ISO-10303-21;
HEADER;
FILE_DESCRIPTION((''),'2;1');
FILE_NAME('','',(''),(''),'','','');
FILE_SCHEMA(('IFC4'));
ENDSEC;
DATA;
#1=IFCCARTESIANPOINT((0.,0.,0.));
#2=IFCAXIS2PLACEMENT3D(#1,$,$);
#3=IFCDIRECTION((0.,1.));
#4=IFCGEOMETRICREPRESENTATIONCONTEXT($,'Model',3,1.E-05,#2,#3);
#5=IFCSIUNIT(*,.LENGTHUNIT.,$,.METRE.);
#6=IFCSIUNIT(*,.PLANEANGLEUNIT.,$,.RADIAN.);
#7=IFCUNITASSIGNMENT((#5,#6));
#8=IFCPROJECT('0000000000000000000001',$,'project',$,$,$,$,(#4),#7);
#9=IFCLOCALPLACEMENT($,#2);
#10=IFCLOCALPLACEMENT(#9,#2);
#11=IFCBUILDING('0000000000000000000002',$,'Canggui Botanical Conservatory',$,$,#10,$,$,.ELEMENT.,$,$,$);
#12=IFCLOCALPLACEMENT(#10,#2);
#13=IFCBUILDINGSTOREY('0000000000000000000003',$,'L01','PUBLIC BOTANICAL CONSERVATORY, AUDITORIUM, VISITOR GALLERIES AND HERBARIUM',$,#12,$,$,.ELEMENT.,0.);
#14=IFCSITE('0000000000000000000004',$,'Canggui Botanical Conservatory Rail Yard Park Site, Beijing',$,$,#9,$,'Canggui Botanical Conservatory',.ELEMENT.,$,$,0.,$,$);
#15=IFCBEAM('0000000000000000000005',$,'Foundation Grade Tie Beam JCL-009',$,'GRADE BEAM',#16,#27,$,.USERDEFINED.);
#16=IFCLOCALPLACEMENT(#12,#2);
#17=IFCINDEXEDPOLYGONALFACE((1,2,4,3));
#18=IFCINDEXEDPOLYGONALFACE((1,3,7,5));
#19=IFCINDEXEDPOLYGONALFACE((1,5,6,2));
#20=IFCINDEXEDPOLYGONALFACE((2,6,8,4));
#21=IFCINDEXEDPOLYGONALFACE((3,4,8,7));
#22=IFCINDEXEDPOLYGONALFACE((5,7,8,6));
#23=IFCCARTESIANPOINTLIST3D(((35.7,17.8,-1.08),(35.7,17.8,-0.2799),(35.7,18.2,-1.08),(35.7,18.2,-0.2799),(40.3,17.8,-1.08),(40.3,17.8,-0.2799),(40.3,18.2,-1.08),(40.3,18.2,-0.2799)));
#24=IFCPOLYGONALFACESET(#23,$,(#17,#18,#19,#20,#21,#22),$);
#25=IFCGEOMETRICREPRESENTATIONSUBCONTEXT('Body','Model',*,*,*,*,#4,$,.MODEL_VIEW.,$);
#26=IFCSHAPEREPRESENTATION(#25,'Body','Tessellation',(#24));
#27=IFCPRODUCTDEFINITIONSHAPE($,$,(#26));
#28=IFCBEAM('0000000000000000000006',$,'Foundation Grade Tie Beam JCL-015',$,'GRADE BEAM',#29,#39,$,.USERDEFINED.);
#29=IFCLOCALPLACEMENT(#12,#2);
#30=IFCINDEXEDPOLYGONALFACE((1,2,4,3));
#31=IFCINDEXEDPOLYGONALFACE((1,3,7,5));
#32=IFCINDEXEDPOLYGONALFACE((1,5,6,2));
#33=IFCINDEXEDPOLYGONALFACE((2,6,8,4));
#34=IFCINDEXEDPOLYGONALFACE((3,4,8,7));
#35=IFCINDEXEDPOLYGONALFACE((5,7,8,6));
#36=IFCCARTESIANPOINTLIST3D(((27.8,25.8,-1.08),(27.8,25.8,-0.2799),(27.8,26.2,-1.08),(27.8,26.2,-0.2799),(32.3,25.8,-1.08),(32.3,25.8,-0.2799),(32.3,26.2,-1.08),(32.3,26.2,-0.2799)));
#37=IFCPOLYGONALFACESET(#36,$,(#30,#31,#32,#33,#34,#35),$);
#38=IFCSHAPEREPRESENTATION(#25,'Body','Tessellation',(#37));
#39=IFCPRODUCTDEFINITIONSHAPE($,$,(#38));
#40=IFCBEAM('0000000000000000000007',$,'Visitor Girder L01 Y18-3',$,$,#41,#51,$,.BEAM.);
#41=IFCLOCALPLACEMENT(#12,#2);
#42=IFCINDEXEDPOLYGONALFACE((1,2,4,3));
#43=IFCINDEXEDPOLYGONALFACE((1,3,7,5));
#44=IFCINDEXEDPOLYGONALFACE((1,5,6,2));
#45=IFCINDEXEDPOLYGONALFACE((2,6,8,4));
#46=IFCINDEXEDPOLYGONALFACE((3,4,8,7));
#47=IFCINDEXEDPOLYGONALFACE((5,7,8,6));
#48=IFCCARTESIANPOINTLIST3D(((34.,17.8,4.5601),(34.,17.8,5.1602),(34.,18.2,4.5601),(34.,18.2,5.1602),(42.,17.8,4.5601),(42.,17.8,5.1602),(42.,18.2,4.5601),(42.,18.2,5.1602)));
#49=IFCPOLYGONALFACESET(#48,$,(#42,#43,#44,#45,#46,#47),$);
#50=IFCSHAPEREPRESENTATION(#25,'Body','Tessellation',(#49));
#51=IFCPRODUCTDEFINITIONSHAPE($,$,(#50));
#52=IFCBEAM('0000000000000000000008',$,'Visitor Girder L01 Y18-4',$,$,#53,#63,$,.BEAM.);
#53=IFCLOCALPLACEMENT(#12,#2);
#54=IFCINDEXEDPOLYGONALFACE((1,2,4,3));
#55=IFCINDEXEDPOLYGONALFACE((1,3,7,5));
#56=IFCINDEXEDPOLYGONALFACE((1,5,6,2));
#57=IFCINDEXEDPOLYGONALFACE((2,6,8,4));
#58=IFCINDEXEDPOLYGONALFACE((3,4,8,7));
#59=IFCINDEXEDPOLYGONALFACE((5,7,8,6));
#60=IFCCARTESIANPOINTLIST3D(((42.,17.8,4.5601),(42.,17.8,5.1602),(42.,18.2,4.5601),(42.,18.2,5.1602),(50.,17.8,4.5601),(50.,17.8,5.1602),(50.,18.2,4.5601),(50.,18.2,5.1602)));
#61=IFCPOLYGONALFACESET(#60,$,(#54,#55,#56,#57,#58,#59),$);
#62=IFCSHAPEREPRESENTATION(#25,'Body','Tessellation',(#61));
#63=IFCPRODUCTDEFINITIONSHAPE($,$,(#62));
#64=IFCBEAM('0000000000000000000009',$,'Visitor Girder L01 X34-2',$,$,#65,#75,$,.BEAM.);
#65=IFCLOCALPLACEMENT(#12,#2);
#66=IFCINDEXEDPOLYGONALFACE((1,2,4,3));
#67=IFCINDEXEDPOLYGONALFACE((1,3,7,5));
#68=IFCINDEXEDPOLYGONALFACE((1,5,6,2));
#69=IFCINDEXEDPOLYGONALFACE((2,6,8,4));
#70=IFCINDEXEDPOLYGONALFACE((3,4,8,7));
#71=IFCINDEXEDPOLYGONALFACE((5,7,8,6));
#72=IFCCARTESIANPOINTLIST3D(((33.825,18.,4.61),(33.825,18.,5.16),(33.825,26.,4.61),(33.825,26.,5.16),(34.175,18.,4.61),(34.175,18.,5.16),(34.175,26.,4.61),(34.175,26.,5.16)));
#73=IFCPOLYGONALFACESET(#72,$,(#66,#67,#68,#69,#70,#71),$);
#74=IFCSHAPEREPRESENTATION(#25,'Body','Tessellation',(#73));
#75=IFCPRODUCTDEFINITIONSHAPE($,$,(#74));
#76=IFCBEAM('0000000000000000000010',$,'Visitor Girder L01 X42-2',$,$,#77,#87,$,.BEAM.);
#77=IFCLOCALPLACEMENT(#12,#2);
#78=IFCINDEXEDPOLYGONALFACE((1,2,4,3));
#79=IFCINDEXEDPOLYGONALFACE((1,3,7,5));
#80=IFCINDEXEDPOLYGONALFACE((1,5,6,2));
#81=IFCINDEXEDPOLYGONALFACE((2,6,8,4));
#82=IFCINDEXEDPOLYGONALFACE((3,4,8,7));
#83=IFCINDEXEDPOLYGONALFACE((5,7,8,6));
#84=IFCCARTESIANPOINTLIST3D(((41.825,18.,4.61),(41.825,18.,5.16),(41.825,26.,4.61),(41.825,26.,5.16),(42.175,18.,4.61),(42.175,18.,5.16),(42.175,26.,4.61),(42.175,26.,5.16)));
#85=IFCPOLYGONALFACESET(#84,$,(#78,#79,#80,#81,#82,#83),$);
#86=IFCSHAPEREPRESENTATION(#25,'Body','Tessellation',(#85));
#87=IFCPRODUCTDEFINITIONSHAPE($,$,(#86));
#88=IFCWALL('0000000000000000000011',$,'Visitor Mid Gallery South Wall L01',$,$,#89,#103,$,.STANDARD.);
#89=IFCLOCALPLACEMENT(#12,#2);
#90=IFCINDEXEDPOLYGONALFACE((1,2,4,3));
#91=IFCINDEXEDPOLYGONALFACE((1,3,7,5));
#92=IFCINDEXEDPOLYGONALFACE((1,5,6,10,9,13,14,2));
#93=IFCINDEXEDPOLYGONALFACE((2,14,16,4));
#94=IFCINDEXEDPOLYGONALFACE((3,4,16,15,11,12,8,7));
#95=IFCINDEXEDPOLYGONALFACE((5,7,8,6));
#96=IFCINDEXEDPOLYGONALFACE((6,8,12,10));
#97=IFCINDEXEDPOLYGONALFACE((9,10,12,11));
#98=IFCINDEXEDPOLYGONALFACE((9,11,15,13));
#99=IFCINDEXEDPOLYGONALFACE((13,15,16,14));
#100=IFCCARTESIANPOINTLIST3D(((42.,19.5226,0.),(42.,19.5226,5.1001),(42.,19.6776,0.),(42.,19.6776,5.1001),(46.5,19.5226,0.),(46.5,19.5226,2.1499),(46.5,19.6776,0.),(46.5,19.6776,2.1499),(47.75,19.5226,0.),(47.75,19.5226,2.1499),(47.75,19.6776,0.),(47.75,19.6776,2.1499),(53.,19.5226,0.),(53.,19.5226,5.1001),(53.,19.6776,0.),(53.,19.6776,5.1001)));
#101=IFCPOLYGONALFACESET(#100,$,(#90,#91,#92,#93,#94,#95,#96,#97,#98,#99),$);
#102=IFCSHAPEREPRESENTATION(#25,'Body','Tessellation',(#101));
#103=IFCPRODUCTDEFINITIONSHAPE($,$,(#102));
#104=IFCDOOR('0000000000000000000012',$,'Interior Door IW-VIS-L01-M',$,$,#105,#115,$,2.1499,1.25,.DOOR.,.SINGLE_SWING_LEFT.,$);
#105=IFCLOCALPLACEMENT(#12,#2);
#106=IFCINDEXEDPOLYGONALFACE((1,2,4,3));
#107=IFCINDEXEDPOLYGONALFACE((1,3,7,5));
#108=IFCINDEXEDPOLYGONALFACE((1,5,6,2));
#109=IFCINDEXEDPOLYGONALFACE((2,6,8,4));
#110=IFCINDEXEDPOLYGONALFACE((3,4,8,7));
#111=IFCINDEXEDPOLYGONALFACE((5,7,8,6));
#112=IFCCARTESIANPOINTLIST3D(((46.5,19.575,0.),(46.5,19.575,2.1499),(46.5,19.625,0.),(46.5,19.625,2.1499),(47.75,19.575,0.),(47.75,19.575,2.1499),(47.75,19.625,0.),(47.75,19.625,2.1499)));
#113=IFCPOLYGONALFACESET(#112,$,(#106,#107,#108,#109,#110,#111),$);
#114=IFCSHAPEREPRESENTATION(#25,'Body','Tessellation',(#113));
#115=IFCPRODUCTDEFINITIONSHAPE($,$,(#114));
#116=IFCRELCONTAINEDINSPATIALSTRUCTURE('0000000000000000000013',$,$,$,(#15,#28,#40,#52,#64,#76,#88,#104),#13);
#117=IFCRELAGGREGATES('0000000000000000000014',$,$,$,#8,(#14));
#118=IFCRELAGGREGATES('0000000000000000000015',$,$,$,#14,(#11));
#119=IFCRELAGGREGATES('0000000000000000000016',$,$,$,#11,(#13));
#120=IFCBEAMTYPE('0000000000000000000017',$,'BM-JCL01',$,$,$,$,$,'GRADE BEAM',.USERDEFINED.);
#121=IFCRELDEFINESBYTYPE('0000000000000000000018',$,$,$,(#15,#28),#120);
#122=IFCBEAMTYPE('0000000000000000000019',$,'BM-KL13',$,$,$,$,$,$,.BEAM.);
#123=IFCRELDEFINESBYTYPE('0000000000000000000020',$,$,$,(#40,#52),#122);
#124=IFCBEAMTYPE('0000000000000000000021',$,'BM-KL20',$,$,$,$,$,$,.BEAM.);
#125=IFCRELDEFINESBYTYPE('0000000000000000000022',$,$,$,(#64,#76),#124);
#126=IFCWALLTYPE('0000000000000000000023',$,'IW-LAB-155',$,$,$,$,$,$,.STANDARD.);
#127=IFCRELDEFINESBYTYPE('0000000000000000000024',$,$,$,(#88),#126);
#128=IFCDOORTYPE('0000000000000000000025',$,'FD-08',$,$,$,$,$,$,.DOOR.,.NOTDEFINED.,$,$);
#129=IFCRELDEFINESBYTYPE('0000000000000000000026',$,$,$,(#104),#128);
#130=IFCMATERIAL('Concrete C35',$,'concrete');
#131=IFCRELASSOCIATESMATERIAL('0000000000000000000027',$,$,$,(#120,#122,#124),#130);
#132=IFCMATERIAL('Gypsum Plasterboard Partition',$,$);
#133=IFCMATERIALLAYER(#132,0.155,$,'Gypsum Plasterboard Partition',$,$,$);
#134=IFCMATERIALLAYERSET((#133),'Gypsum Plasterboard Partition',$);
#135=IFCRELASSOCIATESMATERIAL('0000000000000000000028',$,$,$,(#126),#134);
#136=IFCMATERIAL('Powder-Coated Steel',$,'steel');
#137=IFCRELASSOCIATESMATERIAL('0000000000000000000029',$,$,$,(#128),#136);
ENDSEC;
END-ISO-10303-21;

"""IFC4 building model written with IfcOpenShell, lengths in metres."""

from ifc_helpers import new_model, si_unit, direction, frame, frame_2d, origin, origin_2d, place, context, subcontext, project, spatial, rectangle, extrude, material, layer, layer_set, material_profile, profile_set, type_object, element, fill, save


model = new_model("IFC4")

# Units and contexts
model_context = context("Model", 3, precision=1e-05, world=origin(), true_north=direction((0.0, 1.0)))
body_context = subcontext(model_context, "Body", "Model", "MODEL_VIEW")
ifc_project = project(units=[si_unit("LENGTHUNIT", "METRE"), si_unit("PLANEANGLEUNIT", "RADIAN")], contexts=[model_context])

# Site, building, storey
site_placement = place(None, origin())
site = spatial("IfcSite", under=ifc_project, at=site_placement, Name="Canggui Botanical Conservatory Rail Yard Park Site, Beijing", LongName="Canggui Botanical Conservatory", CompositionType="ELEMENT", RefElevation=0.0)
building_placement = place(site_placement, origin())
building = spatial("IfcBuilding", under=site, at=building_placement, Name="Canggui Botanical Conservatory", CompositionType="ELEMENT")
storey_placement = place(building_placement, origin())
storey = spatial("IfcBuildingStorey", under=building, at=storey_placement, Name="L01", Description="PUBLIC BOTANICAL CONSERVATORY, AUDITORIUM, VISITOR GALLERIES AND HERBARIUM", CompositionType="ELEMENT", Elevation=0.0)

# Shared definitions
ifc_material_1 = material(Name="Concrete C35", Category="concrete")

# Beams
ifc_material_profile_1 = material_profile(ifc_material_1, rectangle(XDim=0.3999, YDim=0.8, at=origin_2d()), Name="RB 400x800")
ifc_profile_set_1 = profile_set([ifc_material_profile_1], Name="Concrete C35")
beam_type_1 = type_object("IfcBeamType", Name="BM-JCL01", ElementType="GRADE BEAM", PredefinedType="USERDEFINED", material=ifc_profile_set_1)
beam_1_placement = place(storey_placement, frame((35.7, 18.0, -0.6799), z_axis=(1.0, 0.0, 0.0), x_axis=(0.0, 1.0, 0.0)))
element("IfcBeam", 1, at=beam_1_placement, inside=storey, type_object=beam_type_1, Name="Foundation Grade Tie Beam JCL-009", ObjectType="GRADE BEAM", PredefinedType="USERDEFINED", context=body_context, shape_type="SweptSolid", body=[
    extrude(rectangle(XDim=0.3999, YDim=0.8, at=origin_2d()), origin(), (0.0, 0.0, 1.0), 4.6001),
])
beam_2_placement = place(storey_placement, frame((27.8, 26.0, -0.6799), z_axis=(1.0, 0.0, 0.0), x_axis=(0.0, 1.0, 0.0)))
element("IfcBeam", 2, at=beam_2_placement, inside=storey, type_object=beam_type_1, Name="Foundation Grade Tie Beam JCL-015", ObjectType="GRADE BEAM", PredefinedType="USERDEFINED", context=body_context, shape_type="SweptSolid", body=[
    extrude(rectangle(XDim=0.3999, YDim=0.8, at=origin_2d()), origin(), (0.0, 0.0, 1.0), 4.5),
])
ifc_material_profile_2 = material_profile(ifc_material_1, rectangle(XDim=0.3999, YDim=0.6001, at=origin_2d()), Name="RB 400x600")
ifc_profile_set_2 = profile_set([ifc_material_profile_2], Name="Concrete C35")
beam_type_2 = type_object("IfcBeamType", Name="BM-KL13", PredefinedType="BEAM", material=ifc_profile_set_2)
for number, where, z_axis, x_axis, name in (
    (3, (34.0, 18.0, 4.8601), (1.0, 0.0, 0.0), (0.0, 1.0, 0.0), "Visitor Girder L01 Y18-3"),
    (4, (42.0, 18.0, 4.8601), (1.0, 0.0, 0.0), (0.0, 1.0, 0.0), "Visitor Girder L01 Y18-4"),
):
    element("IfcBeam", number, at=place(storey_placement, frame(where, z_axis=z_axis, x_axis=x_axis)), inside=storey, type_object=beam_type_2, Name=name, PredefinedType="BEAM", context=body_context, shape_type="SweptSolid", body=[
        extrude(rectangle(XDim=0.3999, YDim=0.6001, at=origin_2d()), origin(), (0.0, 0.0, 1.0), 8.0),
    ])
ifc_material_profile_3 = material_profile(ifc_material_1, rectangle(XDim=0.3501, YDim=0.55, at=origin_2d()), Name="RB 350x550")
ifc_profile_set_3 = profile_set([ifc_material_profile_3], Name="Concrete C35")
beam_type_3 = type_object("IfcBeamType", Name="BM-KL20", PredefinedType="BEAM", material=ifc_profile_set_3)
for number, where, z_axis, x_axis, name in (
    (5, (34.0, 18.0, 4.885), (0.0, 1.0, 0.0), (-1.0, 0.0, 0.0), "Visitor Girder L01 X34-2"),
    (6, (42.0, 18.0, 4.885), (0.0, 1.0, 0.0), (-1.0, 0.0, 0.0), "Visitor Girder L01 X42-2"),
):
    element("IfcBeam", number, at=place(storey_placement, frame(where, z_axis=z_axis, x_axis=x_axis)), inside=storey, type_object=beam_type_3, Name=name, PredefinedType="BEAM", context=body_context, shape_type="SweptSolid", body=[
        extrude(rectangle(XDim=0.3501, YDim=0.55, at=origin_2d()), origin(), (0.0, 0.0, 1.0), 8.0),
    ])

# Wall, opening, door
ifc_material_2 = material(Name="Gypsum Plasterboard Partition")
ifc_layer = layer(ifc_material_2, 0.155, Name="Gypsum Plasterboard Partition")
ifc_layer_set = layer_set([ifc_layer], Name="Gypsum Plasterboard Partition")
wall_type = type_object("IfcWallType", Name="IW-LAB-155", PredefinedType="STANDARD", material=ifc_layer_set)
wall_placement = place(storey_placement, frame((42.0, 19.6001, 0.0), z_axis=(0.0, 0.0, 1.0), x_axis=(1.0, 0.0, 0.0)))
wall = element("IfcWall", 7, at=wall_placement, inside=storey, type_object=wall_type, Name="Visitor Mid Gallery South Wall L01", PredefinedType="STANDARD", context=body_context, shape_type="SweptSolid", body=[
    extrude(rectangle(XDim=11.0, YDim=0.155, at=frame_2d((5.5, 0.0))), origin(), (0.0, 0.0, 1.0), 5.1001),
])
opening_placement = place(wall_placement, frame((4.5, 0.0, 0.0)))
opening = element("IfcOpeningElement", 8, at=opening_placement, cuts=wall, PredefinedType="OPENING", context=body_context, shape_type="SweptSolid", body=[
    extrude(rectangle(XDim=1.25, YDim=2.1499, at=frame_2d((0.625, 1.075))), frame((0.0, 0.0874, 0.0), z_axis=(0.0, -1.0, 0.0), x_axis=(1.0, 0.0, 0.0)), (0.0, 0.0, 1.0), 0.175),
])
ifc_material_3 = material(Name="Powder-Coated Steel", Category="steel")
door_type = type_object("IfcDoorType", Name="FD-08", OperationType="NOTDEFINED", PredefinedType="DOOR", material=ifc_material_3)
door_placement = place(opening_placement, origin())
door = element("IfcDoor", 9, at=door_placement, inside=storey, type_object=door_type, Name="Interior Door IW-VIS-L01-M", OperationType="SINGLE_SWING_LEFT", OverallHeight=2.1499, OverallWidth=1.25, PredefinedType="DOOR", context=body_context, shape_type="SweptSolid", body=[
    extrude(rectangle(XDim=1.25, YDim=2.1499, at=frame_2d((0.625, 1.075))), frame((0.0, 0.0249, 0.0), z_axis=(0.0, -1.0, 0.0), x_axis=(1.0, 0.0, 0.0)), (0.0, 0.0, 1.0), 0.05),
])
fill(opening, door)

save(model, "model.ifc")
